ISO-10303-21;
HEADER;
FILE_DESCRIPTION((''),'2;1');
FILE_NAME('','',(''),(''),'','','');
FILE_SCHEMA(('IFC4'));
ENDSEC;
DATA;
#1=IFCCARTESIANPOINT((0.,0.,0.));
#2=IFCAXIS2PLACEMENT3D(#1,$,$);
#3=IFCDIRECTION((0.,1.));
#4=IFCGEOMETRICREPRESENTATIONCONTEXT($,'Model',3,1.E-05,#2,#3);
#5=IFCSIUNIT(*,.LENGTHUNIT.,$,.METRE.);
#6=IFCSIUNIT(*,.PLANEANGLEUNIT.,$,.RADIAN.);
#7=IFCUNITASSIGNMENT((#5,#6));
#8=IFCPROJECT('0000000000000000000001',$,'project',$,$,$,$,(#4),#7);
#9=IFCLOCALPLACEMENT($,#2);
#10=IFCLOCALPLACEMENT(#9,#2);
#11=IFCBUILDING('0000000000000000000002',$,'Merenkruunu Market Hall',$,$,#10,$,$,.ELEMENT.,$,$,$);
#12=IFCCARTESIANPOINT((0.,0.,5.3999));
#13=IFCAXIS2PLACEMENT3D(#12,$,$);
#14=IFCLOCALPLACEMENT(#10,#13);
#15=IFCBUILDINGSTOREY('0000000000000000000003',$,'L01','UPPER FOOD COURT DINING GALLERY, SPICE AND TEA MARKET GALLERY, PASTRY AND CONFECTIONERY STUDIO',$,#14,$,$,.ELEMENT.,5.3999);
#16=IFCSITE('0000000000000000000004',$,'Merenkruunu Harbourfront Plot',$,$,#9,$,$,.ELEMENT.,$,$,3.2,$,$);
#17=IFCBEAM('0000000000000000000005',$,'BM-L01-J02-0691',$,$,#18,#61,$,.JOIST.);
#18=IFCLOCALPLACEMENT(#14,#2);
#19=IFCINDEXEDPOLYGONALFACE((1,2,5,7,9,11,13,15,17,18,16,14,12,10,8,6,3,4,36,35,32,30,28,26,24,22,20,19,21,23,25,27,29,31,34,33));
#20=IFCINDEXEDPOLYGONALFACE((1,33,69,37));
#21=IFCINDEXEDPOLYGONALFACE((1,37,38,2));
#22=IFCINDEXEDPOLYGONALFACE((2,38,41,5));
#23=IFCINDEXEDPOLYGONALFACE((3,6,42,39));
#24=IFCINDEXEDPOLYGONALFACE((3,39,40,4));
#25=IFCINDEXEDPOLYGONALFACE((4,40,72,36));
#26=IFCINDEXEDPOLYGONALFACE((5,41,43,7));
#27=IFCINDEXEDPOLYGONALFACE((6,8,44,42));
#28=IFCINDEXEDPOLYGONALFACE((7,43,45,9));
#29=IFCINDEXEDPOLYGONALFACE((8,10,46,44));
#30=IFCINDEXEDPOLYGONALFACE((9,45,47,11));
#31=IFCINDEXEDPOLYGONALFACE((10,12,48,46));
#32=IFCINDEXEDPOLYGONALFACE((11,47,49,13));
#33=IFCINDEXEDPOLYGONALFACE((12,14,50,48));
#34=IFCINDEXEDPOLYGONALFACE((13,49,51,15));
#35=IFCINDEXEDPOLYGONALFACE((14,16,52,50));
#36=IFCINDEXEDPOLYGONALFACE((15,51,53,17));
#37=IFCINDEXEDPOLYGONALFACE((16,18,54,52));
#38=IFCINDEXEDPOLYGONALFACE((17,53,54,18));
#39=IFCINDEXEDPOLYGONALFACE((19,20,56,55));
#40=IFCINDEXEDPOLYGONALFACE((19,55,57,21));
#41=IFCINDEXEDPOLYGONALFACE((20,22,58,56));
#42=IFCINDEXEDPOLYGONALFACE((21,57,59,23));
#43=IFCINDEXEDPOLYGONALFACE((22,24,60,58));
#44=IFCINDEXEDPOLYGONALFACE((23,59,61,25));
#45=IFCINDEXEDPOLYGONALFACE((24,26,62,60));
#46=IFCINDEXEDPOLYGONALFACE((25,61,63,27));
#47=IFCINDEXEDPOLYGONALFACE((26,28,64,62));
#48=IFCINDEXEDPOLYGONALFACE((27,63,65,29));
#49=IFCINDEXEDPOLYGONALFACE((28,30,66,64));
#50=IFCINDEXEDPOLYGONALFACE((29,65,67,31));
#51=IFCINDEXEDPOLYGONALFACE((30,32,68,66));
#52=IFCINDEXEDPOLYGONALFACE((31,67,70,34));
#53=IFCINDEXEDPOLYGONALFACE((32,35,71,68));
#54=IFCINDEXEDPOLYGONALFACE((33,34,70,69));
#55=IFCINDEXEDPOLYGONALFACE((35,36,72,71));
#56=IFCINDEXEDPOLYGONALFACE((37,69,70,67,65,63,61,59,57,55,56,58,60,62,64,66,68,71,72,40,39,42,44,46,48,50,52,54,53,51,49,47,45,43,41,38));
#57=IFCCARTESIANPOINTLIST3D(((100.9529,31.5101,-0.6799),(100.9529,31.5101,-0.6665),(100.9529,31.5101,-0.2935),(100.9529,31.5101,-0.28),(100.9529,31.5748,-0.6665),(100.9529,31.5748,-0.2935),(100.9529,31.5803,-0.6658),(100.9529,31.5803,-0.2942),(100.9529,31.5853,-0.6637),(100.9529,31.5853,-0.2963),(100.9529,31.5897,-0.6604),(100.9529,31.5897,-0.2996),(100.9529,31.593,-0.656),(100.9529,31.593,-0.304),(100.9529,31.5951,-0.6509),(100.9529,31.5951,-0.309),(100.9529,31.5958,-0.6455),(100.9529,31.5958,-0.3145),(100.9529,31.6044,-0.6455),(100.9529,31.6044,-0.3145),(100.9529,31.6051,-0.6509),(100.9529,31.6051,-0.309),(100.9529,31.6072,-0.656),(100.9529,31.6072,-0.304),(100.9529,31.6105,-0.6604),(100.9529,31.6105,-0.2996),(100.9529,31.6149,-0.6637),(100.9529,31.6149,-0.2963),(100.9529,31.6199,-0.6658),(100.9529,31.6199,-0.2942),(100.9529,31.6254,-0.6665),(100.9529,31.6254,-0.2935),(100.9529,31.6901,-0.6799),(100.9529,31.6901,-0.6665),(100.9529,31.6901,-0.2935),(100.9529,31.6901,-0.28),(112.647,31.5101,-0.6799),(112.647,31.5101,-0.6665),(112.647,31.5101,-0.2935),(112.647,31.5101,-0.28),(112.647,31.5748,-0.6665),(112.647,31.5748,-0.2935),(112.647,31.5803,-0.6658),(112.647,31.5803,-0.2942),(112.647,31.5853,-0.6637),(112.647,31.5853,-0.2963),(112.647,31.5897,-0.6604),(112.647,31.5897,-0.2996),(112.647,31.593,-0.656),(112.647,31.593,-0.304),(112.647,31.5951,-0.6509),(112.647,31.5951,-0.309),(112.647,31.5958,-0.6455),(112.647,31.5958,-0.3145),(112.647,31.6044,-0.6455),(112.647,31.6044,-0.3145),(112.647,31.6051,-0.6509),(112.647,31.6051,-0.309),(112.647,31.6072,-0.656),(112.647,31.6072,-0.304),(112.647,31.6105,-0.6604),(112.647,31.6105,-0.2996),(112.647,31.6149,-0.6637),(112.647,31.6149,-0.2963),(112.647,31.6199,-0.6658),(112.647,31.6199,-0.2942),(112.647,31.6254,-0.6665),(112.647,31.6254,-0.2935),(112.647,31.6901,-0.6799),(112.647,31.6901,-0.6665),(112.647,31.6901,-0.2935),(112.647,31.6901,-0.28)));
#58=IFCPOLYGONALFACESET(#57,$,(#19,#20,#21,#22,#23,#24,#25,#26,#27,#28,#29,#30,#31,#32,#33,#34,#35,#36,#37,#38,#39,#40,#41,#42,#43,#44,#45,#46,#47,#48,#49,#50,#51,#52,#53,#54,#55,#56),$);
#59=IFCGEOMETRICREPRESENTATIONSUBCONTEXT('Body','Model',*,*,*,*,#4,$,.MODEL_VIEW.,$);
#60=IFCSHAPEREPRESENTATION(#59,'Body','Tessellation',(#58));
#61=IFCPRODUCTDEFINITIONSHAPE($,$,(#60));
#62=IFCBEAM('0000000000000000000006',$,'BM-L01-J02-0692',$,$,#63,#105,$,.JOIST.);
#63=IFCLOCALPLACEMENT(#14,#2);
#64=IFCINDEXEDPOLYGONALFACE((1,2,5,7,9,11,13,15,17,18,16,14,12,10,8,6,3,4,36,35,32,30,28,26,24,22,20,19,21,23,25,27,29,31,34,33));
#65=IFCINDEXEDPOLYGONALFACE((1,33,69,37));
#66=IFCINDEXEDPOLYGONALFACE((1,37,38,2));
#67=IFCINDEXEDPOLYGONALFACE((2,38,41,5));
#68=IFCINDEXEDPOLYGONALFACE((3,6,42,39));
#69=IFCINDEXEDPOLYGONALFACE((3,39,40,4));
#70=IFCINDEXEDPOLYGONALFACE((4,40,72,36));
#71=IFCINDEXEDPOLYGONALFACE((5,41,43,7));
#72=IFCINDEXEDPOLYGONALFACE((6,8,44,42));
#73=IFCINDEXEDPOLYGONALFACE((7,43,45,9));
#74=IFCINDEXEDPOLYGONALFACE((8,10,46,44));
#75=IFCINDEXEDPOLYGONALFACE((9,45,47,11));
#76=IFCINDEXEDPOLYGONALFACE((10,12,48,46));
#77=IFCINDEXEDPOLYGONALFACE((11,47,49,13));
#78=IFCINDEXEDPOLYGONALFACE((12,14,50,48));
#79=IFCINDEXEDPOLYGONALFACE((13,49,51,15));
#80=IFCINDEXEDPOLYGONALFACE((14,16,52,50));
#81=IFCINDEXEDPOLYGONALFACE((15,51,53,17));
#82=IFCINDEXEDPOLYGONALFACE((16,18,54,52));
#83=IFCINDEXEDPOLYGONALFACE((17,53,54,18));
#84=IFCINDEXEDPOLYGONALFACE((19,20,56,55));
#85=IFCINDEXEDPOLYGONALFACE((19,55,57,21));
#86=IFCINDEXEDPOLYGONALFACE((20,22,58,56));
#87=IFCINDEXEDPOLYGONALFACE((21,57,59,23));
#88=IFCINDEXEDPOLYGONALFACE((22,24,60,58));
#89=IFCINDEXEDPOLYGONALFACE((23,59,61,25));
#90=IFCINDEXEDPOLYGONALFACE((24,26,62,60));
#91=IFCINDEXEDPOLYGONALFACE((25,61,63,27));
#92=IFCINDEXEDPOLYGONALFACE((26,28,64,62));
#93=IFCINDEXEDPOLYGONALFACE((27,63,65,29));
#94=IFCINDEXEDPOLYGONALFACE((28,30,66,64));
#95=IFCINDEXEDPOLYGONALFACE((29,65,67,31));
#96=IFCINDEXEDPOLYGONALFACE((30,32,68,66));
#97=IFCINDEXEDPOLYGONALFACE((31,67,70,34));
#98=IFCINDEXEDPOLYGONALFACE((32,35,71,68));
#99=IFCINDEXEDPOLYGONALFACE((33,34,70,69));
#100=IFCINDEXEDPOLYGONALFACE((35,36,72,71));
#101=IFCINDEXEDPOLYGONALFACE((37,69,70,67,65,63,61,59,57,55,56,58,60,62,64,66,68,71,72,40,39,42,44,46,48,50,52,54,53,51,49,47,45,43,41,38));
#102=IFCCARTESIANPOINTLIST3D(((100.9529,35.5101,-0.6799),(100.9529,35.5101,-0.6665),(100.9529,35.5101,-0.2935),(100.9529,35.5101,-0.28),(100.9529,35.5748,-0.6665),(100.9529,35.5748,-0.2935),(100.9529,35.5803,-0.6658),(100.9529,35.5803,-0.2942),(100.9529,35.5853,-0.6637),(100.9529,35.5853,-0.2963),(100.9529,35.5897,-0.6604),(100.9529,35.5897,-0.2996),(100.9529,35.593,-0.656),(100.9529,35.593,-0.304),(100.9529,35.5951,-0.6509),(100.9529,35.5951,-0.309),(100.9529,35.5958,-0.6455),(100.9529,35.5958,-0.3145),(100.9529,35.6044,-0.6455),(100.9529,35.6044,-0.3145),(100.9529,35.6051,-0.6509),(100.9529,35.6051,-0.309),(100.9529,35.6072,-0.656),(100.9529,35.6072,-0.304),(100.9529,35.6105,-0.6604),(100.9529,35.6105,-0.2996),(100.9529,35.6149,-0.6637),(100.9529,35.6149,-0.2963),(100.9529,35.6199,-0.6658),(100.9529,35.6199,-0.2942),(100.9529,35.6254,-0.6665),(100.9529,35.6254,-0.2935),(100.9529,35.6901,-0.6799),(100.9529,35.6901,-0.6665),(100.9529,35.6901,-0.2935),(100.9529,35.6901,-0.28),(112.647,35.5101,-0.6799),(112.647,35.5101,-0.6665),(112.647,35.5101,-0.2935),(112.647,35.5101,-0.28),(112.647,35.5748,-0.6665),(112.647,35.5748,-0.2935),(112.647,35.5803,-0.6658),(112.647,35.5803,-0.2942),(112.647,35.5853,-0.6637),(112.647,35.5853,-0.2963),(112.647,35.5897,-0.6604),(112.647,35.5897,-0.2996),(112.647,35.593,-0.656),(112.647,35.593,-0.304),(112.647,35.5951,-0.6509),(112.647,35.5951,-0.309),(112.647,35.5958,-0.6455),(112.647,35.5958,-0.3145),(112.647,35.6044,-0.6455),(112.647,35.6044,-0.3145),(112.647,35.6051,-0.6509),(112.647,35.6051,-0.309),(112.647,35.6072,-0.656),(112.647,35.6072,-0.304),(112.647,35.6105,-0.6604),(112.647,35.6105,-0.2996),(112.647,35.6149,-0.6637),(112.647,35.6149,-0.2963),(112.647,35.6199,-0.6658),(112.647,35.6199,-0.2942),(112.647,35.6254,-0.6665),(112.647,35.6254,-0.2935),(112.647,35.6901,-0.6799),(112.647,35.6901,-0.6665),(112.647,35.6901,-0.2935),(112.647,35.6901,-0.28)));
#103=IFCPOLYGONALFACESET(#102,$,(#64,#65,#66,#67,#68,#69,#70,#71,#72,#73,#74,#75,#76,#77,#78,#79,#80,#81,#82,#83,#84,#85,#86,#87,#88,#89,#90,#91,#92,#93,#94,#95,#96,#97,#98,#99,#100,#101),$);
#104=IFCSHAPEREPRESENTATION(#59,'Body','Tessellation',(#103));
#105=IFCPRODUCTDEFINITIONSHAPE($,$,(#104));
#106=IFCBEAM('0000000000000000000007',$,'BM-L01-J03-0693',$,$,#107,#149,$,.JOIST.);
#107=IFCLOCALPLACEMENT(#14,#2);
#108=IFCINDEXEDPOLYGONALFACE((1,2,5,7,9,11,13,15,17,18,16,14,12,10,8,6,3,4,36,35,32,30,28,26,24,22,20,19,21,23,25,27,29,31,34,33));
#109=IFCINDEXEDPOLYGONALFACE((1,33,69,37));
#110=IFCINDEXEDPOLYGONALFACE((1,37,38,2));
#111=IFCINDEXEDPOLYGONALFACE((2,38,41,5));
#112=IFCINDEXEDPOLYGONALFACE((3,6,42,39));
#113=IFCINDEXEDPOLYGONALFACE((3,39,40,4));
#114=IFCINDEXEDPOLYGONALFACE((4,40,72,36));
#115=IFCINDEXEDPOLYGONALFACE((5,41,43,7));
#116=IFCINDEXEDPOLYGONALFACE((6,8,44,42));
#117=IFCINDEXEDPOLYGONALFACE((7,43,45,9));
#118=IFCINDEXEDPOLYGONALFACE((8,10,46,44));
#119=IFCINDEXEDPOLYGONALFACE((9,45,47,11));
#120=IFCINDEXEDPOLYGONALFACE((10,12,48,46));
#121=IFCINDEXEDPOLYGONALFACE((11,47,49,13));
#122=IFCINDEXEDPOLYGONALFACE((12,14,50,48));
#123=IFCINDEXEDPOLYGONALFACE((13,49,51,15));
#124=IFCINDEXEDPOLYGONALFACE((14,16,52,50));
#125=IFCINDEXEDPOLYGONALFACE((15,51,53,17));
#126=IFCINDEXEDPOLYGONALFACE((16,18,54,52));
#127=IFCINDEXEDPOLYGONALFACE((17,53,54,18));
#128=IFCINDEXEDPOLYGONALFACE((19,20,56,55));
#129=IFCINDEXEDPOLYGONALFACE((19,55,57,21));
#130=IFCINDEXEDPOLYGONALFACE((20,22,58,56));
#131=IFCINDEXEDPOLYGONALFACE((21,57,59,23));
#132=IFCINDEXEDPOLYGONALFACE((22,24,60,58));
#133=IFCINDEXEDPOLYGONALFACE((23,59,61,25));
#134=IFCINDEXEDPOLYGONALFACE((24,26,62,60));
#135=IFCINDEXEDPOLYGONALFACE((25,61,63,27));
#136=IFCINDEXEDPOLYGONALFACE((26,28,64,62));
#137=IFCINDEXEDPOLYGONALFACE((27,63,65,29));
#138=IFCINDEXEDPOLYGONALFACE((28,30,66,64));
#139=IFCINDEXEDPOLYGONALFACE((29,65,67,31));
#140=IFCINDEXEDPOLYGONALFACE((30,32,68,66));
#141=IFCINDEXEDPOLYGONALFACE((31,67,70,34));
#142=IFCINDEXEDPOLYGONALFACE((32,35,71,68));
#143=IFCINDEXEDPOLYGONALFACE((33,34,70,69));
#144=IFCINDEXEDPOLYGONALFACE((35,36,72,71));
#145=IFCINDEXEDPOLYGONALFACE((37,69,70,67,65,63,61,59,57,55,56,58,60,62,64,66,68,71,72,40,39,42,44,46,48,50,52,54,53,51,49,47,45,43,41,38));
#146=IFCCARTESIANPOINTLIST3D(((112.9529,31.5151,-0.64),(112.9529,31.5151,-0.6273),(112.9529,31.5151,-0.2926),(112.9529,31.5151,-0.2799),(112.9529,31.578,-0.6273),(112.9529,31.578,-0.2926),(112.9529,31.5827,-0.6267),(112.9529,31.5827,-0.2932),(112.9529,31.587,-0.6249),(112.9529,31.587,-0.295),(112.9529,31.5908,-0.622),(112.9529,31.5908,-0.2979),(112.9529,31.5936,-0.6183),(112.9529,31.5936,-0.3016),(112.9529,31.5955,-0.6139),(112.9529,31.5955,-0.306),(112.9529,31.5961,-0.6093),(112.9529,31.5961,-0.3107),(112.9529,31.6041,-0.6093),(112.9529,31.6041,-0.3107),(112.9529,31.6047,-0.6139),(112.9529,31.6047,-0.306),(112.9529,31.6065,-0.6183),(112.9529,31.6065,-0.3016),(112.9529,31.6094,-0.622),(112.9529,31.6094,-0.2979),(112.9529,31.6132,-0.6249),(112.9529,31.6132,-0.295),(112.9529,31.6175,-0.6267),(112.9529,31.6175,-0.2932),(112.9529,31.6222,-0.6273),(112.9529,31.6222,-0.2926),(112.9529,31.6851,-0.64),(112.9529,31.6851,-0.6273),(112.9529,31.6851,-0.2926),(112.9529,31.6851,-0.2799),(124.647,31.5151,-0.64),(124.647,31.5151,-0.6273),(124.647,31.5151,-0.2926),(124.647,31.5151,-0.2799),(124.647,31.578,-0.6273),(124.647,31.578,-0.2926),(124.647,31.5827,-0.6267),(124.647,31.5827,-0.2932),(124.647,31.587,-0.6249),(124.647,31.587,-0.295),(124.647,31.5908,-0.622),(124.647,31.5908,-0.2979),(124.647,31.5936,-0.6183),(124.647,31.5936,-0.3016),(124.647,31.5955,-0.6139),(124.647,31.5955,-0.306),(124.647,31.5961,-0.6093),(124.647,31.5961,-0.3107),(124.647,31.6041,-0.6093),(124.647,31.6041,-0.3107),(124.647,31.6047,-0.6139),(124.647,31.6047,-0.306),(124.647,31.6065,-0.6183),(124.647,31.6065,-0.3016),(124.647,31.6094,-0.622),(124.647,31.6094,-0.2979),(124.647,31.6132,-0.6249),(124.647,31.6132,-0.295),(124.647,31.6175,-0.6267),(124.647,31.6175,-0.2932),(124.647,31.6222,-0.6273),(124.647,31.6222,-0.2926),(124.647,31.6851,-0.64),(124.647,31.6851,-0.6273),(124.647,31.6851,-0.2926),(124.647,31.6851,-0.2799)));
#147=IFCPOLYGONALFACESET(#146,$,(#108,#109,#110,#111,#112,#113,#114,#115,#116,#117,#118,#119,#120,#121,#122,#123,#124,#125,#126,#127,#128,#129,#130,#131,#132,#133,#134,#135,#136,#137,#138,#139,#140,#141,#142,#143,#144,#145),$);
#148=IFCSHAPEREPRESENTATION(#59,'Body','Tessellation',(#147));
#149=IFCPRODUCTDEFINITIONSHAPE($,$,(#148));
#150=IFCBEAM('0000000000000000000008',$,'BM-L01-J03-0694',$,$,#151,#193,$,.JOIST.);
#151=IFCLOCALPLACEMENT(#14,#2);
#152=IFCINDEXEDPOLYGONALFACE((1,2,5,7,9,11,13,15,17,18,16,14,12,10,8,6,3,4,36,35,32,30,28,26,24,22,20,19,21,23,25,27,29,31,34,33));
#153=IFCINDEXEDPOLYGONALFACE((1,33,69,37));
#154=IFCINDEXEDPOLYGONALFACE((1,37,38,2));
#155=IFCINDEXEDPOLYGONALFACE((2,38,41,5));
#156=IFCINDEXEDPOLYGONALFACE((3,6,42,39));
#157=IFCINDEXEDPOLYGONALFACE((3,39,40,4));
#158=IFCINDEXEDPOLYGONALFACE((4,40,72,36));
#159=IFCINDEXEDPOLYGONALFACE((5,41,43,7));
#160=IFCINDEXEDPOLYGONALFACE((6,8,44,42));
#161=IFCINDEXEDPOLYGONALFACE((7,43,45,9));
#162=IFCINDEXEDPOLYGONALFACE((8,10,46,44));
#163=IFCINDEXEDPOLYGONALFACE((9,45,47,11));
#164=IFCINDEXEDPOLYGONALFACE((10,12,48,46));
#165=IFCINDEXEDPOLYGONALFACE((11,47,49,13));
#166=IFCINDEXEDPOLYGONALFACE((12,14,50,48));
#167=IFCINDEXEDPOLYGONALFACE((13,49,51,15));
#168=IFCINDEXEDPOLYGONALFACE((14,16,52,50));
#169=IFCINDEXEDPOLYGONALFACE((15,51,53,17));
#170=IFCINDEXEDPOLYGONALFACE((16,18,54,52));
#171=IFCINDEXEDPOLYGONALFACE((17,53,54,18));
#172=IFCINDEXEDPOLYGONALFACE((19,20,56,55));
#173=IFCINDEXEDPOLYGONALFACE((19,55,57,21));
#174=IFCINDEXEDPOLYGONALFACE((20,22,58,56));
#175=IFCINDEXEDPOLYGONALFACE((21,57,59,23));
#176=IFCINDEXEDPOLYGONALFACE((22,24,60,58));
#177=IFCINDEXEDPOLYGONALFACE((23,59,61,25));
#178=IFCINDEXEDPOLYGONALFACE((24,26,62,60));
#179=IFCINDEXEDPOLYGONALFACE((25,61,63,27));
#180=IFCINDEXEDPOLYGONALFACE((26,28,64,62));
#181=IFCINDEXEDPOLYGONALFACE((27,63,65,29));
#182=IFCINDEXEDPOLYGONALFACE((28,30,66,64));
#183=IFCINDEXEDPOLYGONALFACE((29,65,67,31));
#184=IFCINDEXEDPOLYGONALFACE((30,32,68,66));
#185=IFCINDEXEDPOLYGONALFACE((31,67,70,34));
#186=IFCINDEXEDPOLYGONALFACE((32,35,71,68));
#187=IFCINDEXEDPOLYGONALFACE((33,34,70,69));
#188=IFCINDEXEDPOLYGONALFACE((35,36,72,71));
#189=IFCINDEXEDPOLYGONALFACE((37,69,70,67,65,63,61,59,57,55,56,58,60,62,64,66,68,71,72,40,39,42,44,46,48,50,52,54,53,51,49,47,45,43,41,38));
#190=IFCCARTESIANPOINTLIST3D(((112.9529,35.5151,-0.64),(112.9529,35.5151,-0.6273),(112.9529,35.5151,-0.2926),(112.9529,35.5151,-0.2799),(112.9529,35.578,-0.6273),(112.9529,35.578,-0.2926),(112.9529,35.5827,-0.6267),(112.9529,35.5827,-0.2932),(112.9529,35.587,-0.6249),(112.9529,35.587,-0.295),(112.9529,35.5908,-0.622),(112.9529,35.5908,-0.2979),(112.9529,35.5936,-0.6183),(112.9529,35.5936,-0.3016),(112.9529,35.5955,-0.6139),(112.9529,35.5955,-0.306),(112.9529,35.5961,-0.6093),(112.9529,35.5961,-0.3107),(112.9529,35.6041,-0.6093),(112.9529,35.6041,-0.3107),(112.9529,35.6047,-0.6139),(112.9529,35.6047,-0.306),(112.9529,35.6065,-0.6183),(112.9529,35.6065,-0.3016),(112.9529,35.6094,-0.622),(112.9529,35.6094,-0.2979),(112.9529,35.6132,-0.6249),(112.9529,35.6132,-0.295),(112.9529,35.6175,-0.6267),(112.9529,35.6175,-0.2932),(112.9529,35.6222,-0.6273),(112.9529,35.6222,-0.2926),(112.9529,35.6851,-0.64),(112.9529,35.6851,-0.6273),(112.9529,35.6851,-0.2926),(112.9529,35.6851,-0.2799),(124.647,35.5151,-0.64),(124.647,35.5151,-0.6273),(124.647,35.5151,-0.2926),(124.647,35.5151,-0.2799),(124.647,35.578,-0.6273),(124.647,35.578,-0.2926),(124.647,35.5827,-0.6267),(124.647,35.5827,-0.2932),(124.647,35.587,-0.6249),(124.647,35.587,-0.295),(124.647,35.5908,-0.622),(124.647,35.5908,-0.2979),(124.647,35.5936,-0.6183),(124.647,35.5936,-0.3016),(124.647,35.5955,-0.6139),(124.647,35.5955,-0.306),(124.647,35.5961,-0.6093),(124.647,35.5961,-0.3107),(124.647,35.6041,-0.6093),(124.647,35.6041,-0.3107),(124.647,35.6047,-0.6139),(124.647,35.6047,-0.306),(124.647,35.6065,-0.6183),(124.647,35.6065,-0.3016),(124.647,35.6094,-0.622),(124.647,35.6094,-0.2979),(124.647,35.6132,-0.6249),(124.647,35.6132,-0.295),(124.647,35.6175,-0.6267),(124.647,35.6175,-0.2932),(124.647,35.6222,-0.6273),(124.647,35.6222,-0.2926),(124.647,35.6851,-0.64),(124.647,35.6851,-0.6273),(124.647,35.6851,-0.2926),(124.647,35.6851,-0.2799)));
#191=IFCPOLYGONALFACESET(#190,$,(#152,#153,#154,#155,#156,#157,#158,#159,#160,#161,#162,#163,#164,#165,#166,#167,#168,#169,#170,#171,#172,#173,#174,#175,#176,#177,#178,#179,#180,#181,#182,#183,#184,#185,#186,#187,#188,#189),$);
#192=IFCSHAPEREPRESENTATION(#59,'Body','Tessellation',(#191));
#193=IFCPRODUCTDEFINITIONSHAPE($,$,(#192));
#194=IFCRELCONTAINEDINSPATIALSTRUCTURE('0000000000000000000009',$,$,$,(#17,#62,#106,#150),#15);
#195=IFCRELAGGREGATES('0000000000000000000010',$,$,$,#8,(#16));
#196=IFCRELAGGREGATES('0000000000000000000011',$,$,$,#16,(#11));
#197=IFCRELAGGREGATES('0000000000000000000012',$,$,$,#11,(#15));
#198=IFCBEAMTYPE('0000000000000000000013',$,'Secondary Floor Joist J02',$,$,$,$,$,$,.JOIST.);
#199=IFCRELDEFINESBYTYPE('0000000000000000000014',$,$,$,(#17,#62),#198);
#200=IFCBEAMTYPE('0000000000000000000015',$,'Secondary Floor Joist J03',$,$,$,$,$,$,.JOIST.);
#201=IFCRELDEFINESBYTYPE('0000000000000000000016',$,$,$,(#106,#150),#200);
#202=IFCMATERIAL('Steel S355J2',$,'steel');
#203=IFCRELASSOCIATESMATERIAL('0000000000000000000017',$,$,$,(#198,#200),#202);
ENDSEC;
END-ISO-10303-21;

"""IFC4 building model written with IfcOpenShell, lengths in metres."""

from ifc_helpers import new_model, si_unit, direction, frame, origin, origin_2d, place, context, subcontext, project, spatial, i_section, extrude, material, material_profile, profile_set, type_object, element, save


model = new_model("IFC4")

# Units and contexts
model_context = context("Model", 3, precision=1e-05, world=origin(), true_north=direction((0.0, 1.0)))
body_context = subcontext(model_context, "Body", "Model", "MODEL_VIEW")
ifc_project = project(units=[si_unit("LENGTHUNIT", "METRE"), si_unit("PLANEANGLEUNIT", "RADIAN")], contexts=[model_context])

# Site, building, storey
site_placement = place(None, origin())
site = spatial("IfcSite", under=ifc_project, at=site_placement, Name="Merenkruunu Harbourfront Plot", CompositionType="ELEMENT", RefElevation=3.2)
building_placement = place(site_placement, origin())
building = spatial("IfcBuilding", under=site, at=building_placement, Name="Merenkruunu Market Hall", CompositionType="ELEMENT")
storey_placement = place(building_placement, frame((0.0, 0.0, 5.3999)))
storey = spatial("IfcBuildingStorey", under=building, at=storey_placement, Name="L01", Description="UPPER FOOD COURT DINING GALLERY, SPICE AND TEA MARKET GALLERY, PASTRY AND CONFECTIONERY STUDIO", CompositionType="ELEMENT", Elevation=5.3999)

# Shared definitions
ifc_material_1 = material(Name="Steel S355J2", Category="steel")

# Beams
ifc_material_profile_1 = material_profile(ifc_material_1, i_section(OverallWidth=0.1799, OverallDepth=0.3999, WebThickness=0.0085, FlangeThickness=0.0134, FilletRadius=0.021, at=origin_2d()), Name="IPE 400")
ifc_profile_set_1 = profile_set([ifc_material_profile_1], Name="Steel S355J2")
beam_type_1 = type_object("IfcBeamType", Name="Secondary Floor Joist J02", PredefinedType="JOIST", material=ifc_profile_set_1)
for number, where, z_axis, x_axis, name in (
    (1, (100.9529, 31.6001, -0.48), (1.0, 0.0, 0.0), (0.0, 1.0, 0.0), "BM-L01-J02-0691"),
    (2, (100.9529, 35.6001, -0.48), (1.0, 0.0, 0.0), (0.0, 1.0, 0.0), "BM-L01-J02-0692"),
):
    element("IfcBeam", number, at=place(storey_placement, frame(where, z_axis=z_axis, x_axis=x_axis)), inside=storey, type_object=beam_type_1, Name=name, PredefinedType="JOIST", context=body_context, shape_type="SweptSolid", body=[
        extrude(i_section(OverallWidth=0.1799, OverallDepth=0.3999, WebThickness=0.0085, FlangeThickness=0.0134, FilletRadius=0.021, at=origin_2d()), origin(), (0.0, 0.0, 1.0), 11.6941),
    ])
ifc_material_profile_2 = material_profile(ifc_material_1, i_section(OverallWidth=0.1699, OverallDepth=0.3601, WebThickness=0.0081, FlangeThickness=0.0127, FilletRadius=0.0181, at=origin_2d()), Name="IPE 360")
ifc_profile_set_2 = profile_set([ifc_material_profile_2], Name="Steel S355J2")
beam_type_2 = type_object("IfcBeamType", Name="Secondary Floor Joist J03", PredefinedType="JOIST", material=ifc_profile_set_2)
for number, where, z_axis, x_axis, name in (
    (3, (112.9529, 31.6001, -0.46), (1.0, 0.0, 0.0), (0.0, 1.0, 0.0), "BM-L01-J03-0693"),
    (4, (112.9529, 35.6001, -0.46), (1.0, 0.0, 0.0), (0.0, 1.0, 0.0), "BM-L01-J03-0694"),
):
    element("IfcBeam", number, at=place(storey_placement, frame(where, z_axis=z_axis, x_axis=x_axis)), inside=storey, type_object=beam_type_2, Name=name, PredefinedType="JOIST", context=body_context, shape_type="SweptSolid", body=[
        extrude(i_section(OverallWidth=0.1699, OverallDepth=0.3601, WebThickness=0.0081, FlangeThickness=0.0127, FilletRadius=0.0181, at=origin_2d()), origin(), (0.0, 0.0, 1.0), 11.6941),
    ])

save(model, "model.ifc")
